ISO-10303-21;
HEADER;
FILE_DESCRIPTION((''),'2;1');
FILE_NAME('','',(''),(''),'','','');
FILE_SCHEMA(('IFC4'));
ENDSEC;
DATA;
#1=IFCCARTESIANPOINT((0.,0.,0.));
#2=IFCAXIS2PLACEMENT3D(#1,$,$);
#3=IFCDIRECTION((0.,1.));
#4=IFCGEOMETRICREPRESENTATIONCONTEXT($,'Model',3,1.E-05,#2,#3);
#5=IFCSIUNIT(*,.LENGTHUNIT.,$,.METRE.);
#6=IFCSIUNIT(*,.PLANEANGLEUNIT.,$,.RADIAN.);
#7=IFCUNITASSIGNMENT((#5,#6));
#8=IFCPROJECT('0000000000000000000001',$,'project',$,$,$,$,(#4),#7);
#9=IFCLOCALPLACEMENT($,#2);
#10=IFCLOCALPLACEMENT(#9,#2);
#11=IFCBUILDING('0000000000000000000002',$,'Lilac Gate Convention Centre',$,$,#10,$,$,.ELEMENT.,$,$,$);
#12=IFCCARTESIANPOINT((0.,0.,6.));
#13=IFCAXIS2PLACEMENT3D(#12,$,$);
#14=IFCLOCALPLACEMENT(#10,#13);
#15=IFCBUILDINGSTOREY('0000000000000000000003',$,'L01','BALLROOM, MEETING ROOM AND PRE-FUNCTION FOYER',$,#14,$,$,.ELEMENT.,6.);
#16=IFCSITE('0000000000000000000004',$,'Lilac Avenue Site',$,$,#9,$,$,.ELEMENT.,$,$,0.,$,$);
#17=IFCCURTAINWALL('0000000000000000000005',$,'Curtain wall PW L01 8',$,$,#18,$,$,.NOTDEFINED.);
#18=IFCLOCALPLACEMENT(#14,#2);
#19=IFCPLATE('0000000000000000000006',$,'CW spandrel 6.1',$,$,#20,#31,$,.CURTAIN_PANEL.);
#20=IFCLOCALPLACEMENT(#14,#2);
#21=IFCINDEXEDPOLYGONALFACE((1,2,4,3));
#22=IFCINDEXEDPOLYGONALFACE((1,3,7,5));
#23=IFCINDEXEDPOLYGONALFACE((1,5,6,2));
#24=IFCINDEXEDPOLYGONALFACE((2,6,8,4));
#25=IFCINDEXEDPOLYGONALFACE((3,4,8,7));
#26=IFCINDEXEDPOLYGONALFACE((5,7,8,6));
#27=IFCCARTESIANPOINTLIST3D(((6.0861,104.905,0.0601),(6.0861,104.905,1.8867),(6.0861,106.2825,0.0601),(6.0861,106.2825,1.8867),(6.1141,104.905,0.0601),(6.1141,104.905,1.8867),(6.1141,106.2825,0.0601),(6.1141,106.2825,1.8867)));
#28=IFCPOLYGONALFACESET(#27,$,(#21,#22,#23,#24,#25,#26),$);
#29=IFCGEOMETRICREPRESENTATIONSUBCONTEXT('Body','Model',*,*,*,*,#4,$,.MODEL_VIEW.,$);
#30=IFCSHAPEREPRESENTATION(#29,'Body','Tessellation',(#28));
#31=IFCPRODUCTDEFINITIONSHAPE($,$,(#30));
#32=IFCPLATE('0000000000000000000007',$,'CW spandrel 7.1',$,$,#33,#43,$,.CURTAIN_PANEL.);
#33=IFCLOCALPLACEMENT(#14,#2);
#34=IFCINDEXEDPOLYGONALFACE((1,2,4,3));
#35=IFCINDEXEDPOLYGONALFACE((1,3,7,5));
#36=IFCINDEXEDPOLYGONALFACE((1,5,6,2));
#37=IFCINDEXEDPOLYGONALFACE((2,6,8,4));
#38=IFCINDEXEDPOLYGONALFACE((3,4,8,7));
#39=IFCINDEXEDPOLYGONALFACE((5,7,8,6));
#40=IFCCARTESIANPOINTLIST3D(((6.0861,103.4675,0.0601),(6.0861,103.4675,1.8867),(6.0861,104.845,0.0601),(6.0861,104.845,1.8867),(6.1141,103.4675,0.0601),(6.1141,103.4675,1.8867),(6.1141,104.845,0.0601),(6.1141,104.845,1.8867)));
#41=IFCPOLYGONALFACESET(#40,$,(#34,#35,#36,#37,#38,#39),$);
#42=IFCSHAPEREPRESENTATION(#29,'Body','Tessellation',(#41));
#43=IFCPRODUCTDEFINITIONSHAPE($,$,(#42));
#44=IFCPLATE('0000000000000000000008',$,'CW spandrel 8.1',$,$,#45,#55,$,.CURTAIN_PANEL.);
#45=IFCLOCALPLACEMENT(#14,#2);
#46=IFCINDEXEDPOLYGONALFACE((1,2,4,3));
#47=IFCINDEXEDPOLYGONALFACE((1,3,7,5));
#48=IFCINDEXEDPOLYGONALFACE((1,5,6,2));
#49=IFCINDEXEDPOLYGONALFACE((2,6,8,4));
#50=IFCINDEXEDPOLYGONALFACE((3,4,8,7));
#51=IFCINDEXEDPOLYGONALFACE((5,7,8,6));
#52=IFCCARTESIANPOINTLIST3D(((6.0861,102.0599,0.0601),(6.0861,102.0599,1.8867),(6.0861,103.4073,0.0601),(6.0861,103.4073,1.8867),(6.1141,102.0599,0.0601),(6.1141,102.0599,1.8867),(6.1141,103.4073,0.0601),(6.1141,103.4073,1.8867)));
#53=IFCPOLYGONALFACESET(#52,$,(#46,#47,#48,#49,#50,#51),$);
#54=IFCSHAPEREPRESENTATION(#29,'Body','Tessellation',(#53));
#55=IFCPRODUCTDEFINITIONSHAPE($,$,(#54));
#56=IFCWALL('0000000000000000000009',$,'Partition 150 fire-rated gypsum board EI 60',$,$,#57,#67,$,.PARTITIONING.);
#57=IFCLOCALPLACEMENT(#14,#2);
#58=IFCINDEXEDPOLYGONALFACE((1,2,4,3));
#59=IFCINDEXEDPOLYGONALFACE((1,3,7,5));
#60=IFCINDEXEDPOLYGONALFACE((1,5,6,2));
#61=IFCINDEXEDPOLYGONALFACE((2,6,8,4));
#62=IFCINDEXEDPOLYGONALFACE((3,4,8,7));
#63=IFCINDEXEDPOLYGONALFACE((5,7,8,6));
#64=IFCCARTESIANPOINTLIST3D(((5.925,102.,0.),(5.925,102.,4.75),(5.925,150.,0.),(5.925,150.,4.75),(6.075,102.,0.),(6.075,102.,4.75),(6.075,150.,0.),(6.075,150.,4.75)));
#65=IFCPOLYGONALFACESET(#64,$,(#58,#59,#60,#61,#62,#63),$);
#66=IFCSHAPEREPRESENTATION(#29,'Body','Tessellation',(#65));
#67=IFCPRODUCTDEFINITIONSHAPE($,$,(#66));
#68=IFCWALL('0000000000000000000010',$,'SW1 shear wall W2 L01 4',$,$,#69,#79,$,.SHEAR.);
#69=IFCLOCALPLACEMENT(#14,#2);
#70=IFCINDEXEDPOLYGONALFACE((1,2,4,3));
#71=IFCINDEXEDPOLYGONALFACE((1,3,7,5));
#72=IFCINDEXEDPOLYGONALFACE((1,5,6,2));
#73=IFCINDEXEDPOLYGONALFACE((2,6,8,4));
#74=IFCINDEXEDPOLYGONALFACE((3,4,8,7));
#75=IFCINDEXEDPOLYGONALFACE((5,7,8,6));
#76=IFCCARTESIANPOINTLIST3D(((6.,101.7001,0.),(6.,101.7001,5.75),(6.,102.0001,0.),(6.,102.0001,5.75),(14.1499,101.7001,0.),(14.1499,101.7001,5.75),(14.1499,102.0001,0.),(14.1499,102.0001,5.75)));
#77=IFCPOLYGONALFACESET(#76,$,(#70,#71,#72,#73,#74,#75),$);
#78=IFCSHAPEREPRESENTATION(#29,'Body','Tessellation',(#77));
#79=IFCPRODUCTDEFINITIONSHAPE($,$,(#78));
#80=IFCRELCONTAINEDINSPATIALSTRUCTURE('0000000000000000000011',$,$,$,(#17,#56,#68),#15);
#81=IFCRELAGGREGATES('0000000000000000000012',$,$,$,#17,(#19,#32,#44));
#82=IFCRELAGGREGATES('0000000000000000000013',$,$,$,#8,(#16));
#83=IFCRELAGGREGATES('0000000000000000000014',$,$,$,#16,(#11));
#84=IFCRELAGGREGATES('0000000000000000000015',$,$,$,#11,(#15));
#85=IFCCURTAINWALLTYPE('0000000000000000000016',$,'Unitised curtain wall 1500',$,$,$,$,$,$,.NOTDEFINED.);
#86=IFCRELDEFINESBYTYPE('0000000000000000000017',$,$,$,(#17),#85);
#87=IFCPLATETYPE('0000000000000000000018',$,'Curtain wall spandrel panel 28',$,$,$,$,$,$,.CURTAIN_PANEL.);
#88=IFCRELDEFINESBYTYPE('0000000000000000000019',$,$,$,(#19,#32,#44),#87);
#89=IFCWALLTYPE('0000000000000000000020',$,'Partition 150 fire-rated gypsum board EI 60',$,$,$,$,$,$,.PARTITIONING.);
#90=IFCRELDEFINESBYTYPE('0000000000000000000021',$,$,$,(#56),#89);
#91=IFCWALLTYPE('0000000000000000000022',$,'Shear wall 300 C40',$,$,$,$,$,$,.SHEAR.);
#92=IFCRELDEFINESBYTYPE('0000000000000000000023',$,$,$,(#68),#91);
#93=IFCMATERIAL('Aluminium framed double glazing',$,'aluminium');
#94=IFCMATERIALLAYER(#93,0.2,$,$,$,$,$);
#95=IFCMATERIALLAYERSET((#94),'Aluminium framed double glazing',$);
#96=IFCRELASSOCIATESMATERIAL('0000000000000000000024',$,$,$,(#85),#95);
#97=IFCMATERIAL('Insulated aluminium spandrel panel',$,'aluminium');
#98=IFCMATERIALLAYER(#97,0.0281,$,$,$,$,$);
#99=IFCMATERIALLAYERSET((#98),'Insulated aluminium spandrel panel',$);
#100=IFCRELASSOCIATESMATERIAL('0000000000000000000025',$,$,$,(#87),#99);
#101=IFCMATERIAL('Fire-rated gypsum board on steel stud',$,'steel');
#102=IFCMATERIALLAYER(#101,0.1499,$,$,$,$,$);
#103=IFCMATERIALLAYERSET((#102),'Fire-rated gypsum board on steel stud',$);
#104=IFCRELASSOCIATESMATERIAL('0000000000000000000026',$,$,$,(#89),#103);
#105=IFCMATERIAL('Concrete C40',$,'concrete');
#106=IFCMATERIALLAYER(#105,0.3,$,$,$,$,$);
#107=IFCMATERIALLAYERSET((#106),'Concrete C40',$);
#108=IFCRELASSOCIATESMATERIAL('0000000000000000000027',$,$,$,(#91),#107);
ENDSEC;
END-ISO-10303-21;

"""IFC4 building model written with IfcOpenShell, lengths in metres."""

from ifc_helpers import new_model, si_unit, direction, frame, frame_2d, origin, origin_2d, place, context, subcontext, project, spatial, rectangle, extrude, material, layer, layer_set, type_object, element, aggregate, save


model = new_model("IFC4")

# Units and contexts
model_context = context("Model", 3, precision=1e-05, world=origin(), true_north=direction((0.0, 1.0)))
body_context = subcontext(model_context, "Body", "Model", "MODEL_VIEW")
ifc_project = project(units=[si_unit("LENGTHUNIT", "METRE"), si_unit("PLANEANGLEUNIT", "RADIAN")], contexts=[model_context])

# Site, building, storey
site_placement = place(None, origin())
site = spatial("IfcSite", under=ifc_project, at=site_placement, Name="Lilac Avenue Site", CompositionType="ELEMENT", RefElevation=0.0)
building_placement = place(site_placement, origin())
building = spatial("IfcBuilding", under=site, at=building_placement, Name="Lilac Gate Convention Centre", CompositionType="ELEMENT")
storey_placement = place(building_placement, frame((0.0, 0.0, 6.0)))
storey = spatial("IfcBuildingStorey", under=building, at=storey_placement, Name="L01", Description="BALLROOM, MEETING ROOM AND PRE-FUNCTION FOYER", CompositionType="ELEMENT", Elevation=6.0)

# Curtain wall
ifc_material_1 = material(Name="Aluminium framed double glazing", Category="aluminium")
ifc_layer_1 = layer(ifc_material_1, 0.2)
ifc_layer_set_1 = layer_set([ifc_layer_1], Name="Aluminium framed double glazing")
curtain_wall_type = type_object("IfcCurtainWallType", Name="Unitised curtain wall 1500", PredefinedType="NOTDEFINED", material=ifc_layer_set_1)
curtain_wall_placement = place(storey_placement, origin())
curtain_wall = element("IfcCurtainWall", 1, at=curtain_wall_placement, inside=storey, type_object=curtain_wall_type, Name="Curtain wall PW L01 8", PredefinedType="NOTDEFINED")

# Shared definitions
ifc_material_2 = material(Name="Concrete C40", Category="concrete")

# Plates
ifc_material_3 = material(Name="Insulated aluminium spandrel panel", Category="aluminium")
ifc_layer_2 = layer(ifc_material_3, 0.0281)
ifc_layer_set_2 = layer_set([ifc_layer_2], Name="Insulated aluminium spandrel panel")
plate_type_1 = type_object("IfcPlateType", Name="Curtain wall spandrel panel 28", PredefinedType="CURTAIN_PANEL", material=ifc_layer_set_2)
plate_1_placement = place(storey_placement, frame((6.1001, 105.5938, 0.0601), z_axis=(0.0, 0.0, 1.0), x_axis=(0.0, -1.0, 0.0)))
plate_1 = element("IfcPlate", 2, at=plate_1_placement, type_object=plate_type_1, Name="CW spandrel 6.1", PredefinedType="CURTAIN_PANEL", context=body_context, shape_type="SweptSolid", body=[
    extrude(rectangle(XDim=1.3774, YDim=0.0281, at=origin_2d()), origin(), (0.0, 0.0, 1.0), 1.8267),
])
plate_2_placement = place(storey_placement, frame((6.1001, 104.1562, 0.0601), z_axis=(0.0, 0.0, 1.0), x_axis=(0.0, -1.0, 0.0)))
plate_2 = element("IfcPlate", 3, at=plate_2_placement, type_object=plate_type_1, Name="CW spandrel 7.1", PredefinedType="CURTAIN_PANEL", context=body_context, shape_type="SweptSolid", body=[
    extrude(rectangle(XDim=1.3774, YDim=0.0281, at=origin_2d()), origin(), (0.0, 0.0, 1.0), 1.8267),
])
plate_3_placement = place(storey_placement, frame((6.1001, 102.7336, 0.0601), z_axis=(0.0, 0.0, 1.0), x_axis=(0.0, -1.0, 0.0)))
plate_3 = element("IfcPlate", 4, at=plate_3_placement, type_object=plate_type_1, Name="CW spandrel 8.1", PredefinedType="CURTAIN_PANEL", context=body_context, shape_type="SweptSolid", body=[
    extrude(rectangle(XDim=1.3474, YDim=0.0281, at=origin_2d()), origin(), (0.0, 0.0, 1.0), 1.8267),
])
aggregate(curtain_wall, [plate_1, plate_2, plate_3])

# Walls
ifc_material_4 = material(Name="Fire-rated gypsum board on steel stud", Category="steel")
ifc_layer_3 = layer(ifc_material_4, 0.1499)
ifc_layer_set_3 = layer_set([ifc_layer_3], Name="Fire-rated gypsum board on steel stud")
wall_type_1 = type_object("IfcWallType", Name="Partition 150 fire-rated gypsum board EI 60", PredefinedType="PARTITIONING", material=ifc_layer_set_3)
wall_1_placement = place(storey_placement, frame((6.0, 102.0, 0.0), z_axis=(0.0, 0.0, 1.0), x_axis=(0.0, 1.0, 0.0)))
element("IfcWall", 5, at=wall_1_placement, inside=storey, type_object=wall_type_1, Name="Partition 150 fire-rated gypsum board EI 60", PredefinedType="PARTITIONING", context=body_context, shape_type="SweptSolid", body=[
    extrude(rectangle(XDim=48.0, YDim=0.1499, at=frame_2d((24.0, 0.0))), origin(), (0.0, 0.0, 1.0), 4.75),
])
ifc_layer_4 = layer(ifc_material_2, 0.3)
ifc_layer_set_4 = layer_set([ifc_layer_4], Name="Concrete C40")
wall_type_2 = type_object("IfcWallType", Name="Shear wall 300 C40", PredefinedType="SHEAR", material=ifc_layer_set_4)
wall_2_placement = place(storey_placement, frame((6.0, 101.8501, 0.0), z_axis=(0.0, 0.0, 1.0), x_axis=(1.0, 0.0, 0.0)))
element("IfcWall", 6, at=wall_2_placement, inside=storey, type_object=wall_type_2, Name="SW1 shear wall W2 L01 4", PredefinedType="SHEAR", context=body_context, shape_type="SweptSolid", body=[
    extrude(rectangle(XDim=8.1499, YDim=0.3, at=frame_2d((4.075, 0.0))), origin(), (0.0, 0.0, 1.0), 5.75),
])

save(model, "model.ifc")
